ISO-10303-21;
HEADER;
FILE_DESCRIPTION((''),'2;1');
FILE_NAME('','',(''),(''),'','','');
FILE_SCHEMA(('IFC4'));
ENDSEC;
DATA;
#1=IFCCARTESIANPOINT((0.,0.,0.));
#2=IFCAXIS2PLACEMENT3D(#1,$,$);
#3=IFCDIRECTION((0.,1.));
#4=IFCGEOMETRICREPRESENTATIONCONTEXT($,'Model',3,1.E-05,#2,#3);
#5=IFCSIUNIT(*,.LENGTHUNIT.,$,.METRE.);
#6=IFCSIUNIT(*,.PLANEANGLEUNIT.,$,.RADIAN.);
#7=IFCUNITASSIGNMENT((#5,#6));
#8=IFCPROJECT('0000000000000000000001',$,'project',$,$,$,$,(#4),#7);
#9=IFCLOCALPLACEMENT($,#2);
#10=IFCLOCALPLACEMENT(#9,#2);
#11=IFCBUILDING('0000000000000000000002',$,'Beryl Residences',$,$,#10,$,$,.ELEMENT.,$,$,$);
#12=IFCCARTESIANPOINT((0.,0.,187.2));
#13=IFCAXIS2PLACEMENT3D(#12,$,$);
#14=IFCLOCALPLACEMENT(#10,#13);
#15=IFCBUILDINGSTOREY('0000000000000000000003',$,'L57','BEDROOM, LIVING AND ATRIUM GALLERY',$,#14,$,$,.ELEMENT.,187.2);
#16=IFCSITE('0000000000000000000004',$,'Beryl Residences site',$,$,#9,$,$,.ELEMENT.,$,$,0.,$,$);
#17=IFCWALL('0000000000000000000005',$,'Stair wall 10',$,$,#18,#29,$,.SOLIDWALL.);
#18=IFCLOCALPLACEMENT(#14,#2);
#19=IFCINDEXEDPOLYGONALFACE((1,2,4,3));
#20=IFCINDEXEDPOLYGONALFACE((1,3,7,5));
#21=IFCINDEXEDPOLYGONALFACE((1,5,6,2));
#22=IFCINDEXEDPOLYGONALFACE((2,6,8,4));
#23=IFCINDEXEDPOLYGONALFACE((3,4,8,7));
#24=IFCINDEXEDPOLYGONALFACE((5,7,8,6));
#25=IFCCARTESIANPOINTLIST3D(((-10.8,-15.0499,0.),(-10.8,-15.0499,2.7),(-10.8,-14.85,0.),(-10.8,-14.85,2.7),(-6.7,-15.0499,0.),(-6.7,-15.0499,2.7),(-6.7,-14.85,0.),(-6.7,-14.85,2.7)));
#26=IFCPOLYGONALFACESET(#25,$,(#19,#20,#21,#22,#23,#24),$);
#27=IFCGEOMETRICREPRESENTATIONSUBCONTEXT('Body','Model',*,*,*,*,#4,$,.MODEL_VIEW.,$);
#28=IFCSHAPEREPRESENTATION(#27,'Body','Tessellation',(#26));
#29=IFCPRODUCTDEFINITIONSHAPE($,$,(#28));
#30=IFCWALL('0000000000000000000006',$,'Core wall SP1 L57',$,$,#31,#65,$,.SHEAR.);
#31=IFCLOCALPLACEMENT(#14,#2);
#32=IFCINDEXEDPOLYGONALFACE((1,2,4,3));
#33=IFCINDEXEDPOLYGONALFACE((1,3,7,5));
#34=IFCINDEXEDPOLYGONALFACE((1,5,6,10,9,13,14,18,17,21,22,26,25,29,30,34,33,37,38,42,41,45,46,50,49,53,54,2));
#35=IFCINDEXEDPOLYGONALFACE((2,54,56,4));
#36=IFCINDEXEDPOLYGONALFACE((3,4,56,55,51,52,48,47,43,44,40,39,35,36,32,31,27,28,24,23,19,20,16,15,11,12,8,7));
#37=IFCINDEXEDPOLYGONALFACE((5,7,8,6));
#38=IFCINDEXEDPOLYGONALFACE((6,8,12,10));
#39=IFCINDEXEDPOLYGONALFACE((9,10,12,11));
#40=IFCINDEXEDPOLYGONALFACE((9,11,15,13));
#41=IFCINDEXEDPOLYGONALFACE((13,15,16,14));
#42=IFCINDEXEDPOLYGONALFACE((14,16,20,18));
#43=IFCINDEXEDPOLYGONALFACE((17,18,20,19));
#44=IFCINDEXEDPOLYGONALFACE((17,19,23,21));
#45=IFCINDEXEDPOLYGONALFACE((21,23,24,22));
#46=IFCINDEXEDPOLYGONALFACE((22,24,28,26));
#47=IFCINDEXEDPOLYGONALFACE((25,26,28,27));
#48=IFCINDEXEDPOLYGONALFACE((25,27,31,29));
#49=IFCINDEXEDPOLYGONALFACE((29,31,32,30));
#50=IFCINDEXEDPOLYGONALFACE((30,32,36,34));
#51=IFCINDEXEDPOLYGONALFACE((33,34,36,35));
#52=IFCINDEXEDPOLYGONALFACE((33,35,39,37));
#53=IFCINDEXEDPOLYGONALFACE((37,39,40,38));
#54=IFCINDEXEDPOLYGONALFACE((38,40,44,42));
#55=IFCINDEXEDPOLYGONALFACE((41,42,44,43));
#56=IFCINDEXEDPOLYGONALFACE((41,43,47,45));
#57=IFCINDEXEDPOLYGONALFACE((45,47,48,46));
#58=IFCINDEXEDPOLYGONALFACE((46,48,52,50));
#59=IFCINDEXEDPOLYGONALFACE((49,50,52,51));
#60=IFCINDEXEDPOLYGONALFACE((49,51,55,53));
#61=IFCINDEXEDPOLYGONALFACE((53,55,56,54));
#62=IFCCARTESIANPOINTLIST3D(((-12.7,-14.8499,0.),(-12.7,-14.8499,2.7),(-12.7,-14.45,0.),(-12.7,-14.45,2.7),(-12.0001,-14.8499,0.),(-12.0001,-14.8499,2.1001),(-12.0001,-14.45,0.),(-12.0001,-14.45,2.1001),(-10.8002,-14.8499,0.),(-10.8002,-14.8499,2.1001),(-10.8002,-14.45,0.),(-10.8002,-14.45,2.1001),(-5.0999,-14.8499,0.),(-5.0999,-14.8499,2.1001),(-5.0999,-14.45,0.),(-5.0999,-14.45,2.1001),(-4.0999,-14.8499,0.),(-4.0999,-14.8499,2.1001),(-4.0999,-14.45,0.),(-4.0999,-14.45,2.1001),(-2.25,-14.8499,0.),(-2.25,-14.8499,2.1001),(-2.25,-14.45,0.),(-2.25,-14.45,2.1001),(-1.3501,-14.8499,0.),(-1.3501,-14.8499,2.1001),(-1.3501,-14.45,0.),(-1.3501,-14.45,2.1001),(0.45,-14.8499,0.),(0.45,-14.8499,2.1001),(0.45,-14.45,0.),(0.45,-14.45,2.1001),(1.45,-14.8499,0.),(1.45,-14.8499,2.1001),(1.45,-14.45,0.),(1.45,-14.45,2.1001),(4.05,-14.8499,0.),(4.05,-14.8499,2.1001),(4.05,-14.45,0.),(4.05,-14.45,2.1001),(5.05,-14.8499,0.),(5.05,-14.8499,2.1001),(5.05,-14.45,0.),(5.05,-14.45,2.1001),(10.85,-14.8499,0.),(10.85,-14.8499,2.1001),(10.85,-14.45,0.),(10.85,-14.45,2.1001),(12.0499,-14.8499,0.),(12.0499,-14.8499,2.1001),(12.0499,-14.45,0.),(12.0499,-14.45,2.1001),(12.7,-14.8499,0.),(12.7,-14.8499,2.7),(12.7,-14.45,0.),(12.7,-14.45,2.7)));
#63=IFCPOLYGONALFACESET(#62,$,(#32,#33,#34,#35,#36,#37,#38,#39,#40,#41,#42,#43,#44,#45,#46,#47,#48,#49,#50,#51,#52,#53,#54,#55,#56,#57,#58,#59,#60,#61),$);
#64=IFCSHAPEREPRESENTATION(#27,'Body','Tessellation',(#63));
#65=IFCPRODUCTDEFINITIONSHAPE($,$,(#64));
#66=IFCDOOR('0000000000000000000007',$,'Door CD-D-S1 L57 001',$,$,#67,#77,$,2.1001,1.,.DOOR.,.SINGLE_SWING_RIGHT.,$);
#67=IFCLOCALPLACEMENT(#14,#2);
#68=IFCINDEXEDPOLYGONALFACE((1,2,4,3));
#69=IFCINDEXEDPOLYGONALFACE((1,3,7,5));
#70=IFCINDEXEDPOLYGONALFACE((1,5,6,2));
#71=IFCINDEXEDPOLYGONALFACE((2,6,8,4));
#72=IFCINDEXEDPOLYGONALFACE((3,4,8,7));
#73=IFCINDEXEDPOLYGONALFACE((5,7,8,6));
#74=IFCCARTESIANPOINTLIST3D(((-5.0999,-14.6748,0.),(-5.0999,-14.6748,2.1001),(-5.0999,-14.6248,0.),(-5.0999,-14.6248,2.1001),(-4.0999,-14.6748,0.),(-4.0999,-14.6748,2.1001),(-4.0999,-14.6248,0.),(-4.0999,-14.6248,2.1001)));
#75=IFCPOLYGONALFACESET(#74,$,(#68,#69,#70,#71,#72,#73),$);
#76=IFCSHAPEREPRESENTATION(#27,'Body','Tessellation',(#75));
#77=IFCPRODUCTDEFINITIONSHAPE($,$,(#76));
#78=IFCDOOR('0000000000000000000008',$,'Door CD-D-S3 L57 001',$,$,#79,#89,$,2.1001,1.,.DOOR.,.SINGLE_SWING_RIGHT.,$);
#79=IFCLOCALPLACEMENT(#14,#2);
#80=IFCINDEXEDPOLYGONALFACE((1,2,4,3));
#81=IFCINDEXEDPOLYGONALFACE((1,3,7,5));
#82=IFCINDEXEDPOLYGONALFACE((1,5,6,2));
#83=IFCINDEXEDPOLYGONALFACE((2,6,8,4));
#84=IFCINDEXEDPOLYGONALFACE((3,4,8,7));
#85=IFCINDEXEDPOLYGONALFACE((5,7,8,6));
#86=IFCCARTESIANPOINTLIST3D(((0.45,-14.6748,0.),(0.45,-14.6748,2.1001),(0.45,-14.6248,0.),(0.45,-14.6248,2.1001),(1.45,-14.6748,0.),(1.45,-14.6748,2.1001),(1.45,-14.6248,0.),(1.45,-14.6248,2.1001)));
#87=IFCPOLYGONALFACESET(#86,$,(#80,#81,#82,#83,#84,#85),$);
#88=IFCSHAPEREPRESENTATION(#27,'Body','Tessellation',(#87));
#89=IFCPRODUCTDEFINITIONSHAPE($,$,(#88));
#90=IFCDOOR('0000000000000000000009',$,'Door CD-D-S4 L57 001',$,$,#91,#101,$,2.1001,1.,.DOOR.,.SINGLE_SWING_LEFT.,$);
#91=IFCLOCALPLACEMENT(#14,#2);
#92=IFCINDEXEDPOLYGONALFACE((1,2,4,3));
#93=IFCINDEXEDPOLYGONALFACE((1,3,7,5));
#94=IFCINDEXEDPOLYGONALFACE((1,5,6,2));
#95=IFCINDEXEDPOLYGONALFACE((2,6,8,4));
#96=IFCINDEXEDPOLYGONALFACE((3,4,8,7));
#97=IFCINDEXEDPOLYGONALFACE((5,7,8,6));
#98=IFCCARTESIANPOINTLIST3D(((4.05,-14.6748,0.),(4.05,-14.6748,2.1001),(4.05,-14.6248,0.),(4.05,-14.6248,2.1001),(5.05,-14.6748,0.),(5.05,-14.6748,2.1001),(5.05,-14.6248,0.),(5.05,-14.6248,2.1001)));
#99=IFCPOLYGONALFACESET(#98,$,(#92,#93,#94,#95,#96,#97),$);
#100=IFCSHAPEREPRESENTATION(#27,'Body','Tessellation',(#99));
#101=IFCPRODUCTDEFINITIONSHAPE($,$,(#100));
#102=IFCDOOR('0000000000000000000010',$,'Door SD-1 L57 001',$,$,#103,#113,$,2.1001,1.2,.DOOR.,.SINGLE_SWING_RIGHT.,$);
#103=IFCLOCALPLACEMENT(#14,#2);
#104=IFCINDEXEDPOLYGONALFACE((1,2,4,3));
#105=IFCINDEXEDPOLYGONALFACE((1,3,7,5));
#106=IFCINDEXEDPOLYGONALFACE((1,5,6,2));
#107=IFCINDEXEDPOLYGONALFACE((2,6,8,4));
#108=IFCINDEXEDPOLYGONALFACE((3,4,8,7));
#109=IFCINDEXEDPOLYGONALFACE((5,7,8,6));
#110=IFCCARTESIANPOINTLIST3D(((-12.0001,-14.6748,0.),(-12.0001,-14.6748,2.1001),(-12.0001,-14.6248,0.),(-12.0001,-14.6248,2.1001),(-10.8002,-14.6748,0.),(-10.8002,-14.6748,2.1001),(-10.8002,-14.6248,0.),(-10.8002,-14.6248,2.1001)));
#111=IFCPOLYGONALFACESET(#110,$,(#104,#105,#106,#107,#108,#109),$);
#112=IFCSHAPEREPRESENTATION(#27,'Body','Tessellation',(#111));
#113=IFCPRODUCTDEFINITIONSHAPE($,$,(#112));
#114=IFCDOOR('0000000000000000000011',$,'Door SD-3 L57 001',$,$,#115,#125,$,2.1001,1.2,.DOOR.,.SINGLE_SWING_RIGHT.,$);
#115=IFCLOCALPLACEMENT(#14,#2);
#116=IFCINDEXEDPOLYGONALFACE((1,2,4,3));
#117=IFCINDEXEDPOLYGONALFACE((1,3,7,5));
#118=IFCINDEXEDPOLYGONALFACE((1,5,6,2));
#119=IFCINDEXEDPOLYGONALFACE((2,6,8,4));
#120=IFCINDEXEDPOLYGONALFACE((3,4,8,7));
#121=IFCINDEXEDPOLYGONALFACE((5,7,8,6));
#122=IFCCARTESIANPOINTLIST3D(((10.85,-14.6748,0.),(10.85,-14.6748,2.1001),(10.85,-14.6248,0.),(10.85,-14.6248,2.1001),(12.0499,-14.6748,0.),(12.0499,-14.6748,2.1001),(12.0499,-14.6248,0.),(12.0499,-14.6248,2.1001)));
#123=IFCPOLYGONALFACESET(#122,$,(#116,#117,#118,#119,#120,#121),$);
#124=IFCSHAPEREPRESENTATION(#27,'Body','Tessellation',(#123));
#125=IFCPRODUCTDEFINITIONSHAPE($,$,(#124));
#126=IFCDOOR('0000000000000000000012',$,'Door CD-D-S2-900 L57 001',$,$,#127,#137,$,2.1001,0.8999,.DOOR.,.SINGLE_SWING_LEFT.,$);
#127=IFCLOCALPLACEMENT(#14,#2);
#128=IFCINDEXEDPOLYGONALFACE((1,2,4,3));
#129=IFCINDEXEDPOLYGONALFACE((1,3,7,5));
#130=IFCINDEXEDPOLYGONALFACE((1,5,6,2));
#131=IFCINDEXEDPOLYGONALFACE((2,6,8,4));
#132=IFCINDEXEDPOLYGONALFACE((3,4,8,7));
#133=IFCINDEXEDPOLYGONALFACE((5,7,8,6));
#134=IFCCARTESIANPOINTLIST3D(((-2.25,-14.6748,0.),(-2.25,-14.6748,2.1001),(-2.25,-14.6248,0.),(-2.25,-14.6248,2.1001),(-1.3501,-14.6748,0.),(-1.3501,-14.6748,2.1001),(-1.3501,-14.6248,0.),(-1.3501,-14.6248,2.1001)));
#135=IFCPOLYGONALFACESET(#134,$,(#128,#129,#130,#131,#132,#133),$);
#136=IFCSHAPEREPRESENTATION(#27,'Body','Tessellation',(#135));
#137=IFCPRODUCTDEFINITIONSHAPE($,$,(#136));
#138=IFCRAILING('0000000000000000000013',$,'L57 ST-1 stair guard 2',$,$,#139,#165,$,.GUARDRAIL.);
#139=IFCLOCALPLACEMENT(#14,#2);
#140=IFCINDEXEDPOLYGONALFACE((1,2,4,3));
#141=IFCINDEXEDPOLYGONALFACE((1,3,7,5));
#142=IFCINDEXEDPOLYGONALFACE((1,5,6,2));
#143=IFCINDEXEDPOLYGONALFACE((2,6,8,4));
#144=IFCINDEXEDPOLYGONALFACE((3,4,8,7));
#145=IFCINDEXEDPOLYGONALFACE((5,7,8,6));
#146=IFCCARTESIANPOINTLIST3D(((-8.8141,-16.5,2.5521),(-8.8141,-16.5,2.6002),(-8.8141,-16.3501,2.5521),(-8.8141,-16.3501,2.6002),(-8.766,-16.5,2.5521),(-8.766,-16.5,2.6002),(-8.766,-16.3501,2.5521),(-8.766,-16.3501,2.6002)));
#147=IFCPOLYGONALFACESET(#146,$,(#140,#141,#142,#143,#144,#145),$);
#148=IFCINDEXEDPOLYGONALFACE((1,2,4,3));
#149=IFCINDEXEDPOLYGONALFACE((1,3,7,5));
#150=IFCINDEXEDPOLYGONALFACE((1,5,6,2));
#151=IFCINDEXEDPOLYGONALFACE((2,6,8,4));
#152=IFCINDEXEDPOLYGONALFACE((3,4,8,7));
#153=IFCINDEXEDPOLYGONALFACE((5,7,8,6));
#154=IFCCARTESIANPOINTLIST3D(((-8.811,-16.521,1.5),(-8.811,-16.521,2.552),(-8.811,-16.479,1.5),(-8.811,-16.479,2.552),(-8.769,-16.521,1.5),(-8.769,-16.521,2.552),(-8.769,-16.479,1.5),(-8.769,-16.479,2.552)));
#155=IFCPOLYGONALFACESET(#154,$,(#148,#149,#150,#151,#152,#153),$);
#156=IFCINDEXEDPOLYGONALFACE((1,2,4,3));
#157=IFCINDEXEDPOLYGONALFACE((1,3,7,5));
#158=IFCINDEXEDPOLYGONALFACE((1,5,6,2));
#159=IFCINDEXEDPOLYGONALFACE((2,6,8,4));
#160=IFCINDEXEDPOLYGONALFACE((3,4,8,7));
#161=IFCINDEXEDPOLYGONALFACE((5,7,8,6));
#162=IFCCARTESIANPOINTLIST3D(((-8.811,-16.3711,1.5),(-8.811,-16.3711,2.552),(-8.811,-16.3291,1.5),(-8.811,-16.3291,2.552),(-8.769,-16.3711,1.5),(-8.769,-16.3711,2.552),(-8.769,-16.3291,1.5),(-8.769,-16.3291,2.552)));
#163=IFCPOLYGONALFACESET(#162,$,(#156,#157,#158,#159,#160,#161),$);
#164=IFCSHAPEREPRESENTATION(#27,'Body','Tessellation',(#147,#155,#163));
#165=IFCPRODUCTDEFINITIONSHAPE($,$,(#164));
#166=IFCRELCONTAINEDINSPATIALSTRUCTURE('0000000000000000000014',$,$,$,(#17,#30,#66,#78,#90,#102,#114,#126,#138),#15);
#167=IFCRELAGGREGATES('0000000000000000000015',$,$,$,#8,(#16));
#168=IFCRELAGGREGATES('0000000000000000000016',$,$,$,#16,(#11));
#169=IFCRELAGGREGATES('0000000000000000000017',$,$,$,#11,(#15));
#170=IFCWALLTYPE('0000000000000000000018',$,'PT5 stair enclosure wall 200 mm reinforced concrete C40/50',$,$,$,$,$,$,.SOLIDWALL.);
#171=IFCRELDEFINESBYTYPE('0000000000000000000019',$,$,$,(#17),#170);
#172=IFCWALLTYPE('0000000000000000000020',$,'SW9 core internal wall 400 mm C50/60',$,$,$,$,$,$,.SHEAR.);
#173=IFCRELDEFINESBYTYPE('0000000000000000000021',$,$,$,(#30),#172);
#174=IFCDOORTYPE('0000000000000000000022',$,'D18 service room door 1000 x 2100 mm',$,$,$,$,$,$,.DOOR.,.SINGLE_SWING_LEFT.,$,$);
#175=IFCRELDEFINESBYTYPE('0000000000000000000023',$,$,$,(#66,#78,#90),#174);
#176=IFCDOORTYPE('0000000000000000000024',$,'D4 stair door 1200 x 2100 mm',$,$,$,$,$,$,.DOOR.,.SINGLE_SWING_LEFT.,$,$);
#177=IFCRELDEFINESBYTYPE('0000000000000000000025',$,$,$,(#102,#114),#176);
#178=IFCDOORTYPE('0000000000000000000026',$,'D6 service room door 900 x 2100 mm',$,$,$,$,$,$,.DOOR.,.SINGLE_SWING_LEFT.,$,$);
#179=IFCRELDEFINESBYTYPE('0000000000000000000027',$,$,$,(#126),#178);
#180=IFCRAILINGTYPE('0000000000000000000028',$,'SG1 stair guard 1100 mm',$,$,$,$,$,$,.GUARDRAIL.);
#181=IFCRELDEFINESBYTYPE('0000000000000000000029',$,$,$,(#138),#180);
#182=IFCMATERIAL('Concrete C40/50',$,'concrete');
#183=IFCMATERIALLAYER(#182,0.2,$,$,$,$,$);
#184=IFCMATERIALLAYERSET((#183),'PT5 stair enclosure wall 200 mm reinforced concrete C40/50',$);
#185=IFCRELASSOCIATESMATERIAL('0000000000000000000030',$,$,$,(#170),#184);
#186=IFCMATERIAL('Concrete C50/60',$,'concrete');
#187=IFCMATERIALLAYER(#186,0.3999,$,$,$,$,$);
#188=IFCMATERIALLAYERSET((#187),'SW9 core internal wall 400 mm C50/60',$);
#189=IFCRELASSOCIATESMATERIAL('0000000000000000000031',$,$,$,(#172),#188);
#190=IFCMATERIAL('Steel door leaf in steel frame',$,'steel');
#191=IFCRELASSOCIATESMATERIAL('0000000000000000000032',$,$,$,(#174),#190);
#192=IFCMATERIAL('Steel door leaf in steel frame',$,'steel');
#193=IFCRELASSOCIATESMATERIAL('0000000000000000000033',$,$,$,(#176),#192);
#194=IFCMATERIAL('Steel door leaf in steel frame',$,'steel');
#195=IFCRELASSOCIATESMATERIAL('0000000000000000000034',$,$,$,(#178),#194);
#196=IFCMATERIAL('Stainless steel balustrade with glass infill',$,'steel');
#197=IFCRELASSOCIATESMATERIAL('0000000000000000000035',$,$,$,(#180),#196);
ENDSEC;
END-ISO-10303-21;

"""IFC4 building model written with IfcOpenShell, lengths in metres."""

from ifc_helpers import new_model, si_unit, direction, frame, frame_2d, origin, origin_2d, place, context, subcontext, project, spatial, rectangle, extrude, material, layer, layer_set, type_object, element, fill, save


model = new_model("IFC4")

# Units and contexts
model_context = context("Model", 3, precision=1e-05, world=origin(), true_north=direction((0.0, 1.0)))
body_context = subcontext(model_context, "Body", "Model", "MODEL_VIEW")
ifc_project = project(units=[si_unit("LENGTHUNIT", "METRE"), si_unit("PLANEANGLEUNIT", "RADIAN")], contexts=[model_context])

# Site, building, storey
site_placement = place(None, origin())
site = spatial("IfcSite", under=ifc_project, at=site_placement, Name="Beryl Residences site", CompositionType="ELEMENT", RefElevation=0.0)
building_placement = place(site_placement, origin())
building = spatial("IfcBuilding", under=site, at=building_placement, Name="Beryl Residences", CompositionType="ELEMENT")
storey_placement = place(building_placement, frame((0.0, 0.0, 187.2)))
storey = spatial("IfcBuildingStorey", under=building, at=storey_placement, Name="L57", Description="BEDROOM, LIVING AND ATRIUM GALLERY", CompositionType="ELEMENT", Elevation=187.2)

# Wall
ifc_material_1 = material(Name="Concrete C40/50", Category="concrete")
ifc_layer_1 = layer(ifc_material_1, 0.2)
ifc_layer_set_1 = layer_set([ifc_layer_1], Name="PT5 stair enclosure wall 200 mm reinforced concrete C40/50")
wall_type_1 = type_object("IfcWallType", Name="PT5 stair enclosure wall 200 mm reinforced concrete C40/50", PredefinedType="SOLIDWALL", material=ifc_layer_set_1)
wall_1_placement = place(storey_placement, frame((-10.8, -14.95, 0.0), z_axis=(0.0, 0.0, 1.0), x_axis=(1.0, 0.0, 0.0)))
element("IfcWall", 1, at=wall_1_placement, inside=storey, type_object=wall_type_1, Name="Stair wall 10", PredefinedType="SOLIDWALL", context=body_context, shape_type="SweptSolid", body=[
    extrude(rectangle(XDim=4.1001, YDim=0.2, at=frame_2d((2.05, 0.0))), origin(), (0.0, 0.0, 1.0), 2.7),
])

# Wall, openings, doors
ifc_material_2 = material(Name="Concrete C50/60", Category="concrete")
ifc_layer_2 = layer(ifc_material_2, 0.3999)
ifc_layer_set_2 = layer_set([ifc_layer_2], Name="SW9 core internal wall 400 mm C50/60")
wall_type_2 = type_object("IfcWallType", Name="SW9 core internal wall 400 mm C50/60", PredefinedType="SHEAR", material=ifc_layer_set_2)
wall_2_placement = place(storey_placement, frame((-12.7, -14.6499, 0.0), z_axis=(0.0, 0.0, 1.0), x_axis=(1.0, 0.0, 0.0)))
wall_2 = element("IfcWall", 2, at=wall_2_placement, inside=storey, type_object=wall_type_2, Name="Core wall SP1 L57", PredefinedType="SHEAR", context=body_context, shape_type="SweptSolid", body=[
    extrude(rectangle(XDim=25.3999, YDim=0.3999, at=frame_2d((12.7, 0.0))), origin(), (0.0, 0.0, 1.0), 2.7),
])
opening_1_placement = place(wall_2_placement, frame((1.8999, 0.0, 0.0), z_axis=(0.0, 0.0, 1.0), x_axis=(-1.0, 0.0, 0.0)))
opening_1 = element("IfcOpeningElement", 3, at=opening_1_placement, cuts=wall_2, PredefinedType="OPENING", context=body_context, shape_type="SweptSolid", body=[
    extrude(rectangle(XDim=1.2, YDim=2.1001, at=frame_2d((0.6001, 1.05))), frame((0.0, 0.21, 0.0), z_axis=(0.0, -1.0, 0.0), x_axis=(1.0, 0.0, 0.0)), (0.0, 0.0, 1.0), 0.4199),
])
opening_2_placement = place(wall_2_placement, frame((24.75, 0.0, 0.0), z_axis=(0.0, 0.0, 1.0), x_axis=(-1.0, 0.0, 0.0)))
opening_2 = element("IfcOpeningElement", 4, at=opening_2_placement, cuts=wall_2, PredefinedType="OPENING", context=body_context, shape_type="SweptSolid", body=[
    extrude(rectangle(XDim=1.2, YDim=2.1001, at=frame_2d((0.6001, 1.05))), frame((0.0, 0.21, 0.0), z_axis=(0.0, -1.0, 0.0), x_axis=(1.0, 0.0, 0.0)), (0.0, 0.0, 1.0), 0.4199),
])
opening_3_placement = place(wall_2_placement, frame((8.6001, 0.0, 0.0), z_axis=(0.0, 0.0, 1.0), x_axis=(-1.0, 0.0, 0.0)))
opening_3 = element("IfcOpeningElement", 5, at=opening_3_placement, cuts=wall_2, PredefinedType="OPENING", context=body_context, shape_type="SweptSolid", body=[
    extrude(rectangle(XDim=1.0, YDim=2.1001, at=frame_2d((0.5, 1.05))), frame((0.0, 0.21, 0.0), z_axis=(0.0, -1.0, 0.0), x_axis=(1.0, 0.0, 0.0)), (0.0, 0.0, 1.0), 0.4199),
])
opening_4_placement = place(wall_2_placement, frame((11.3499, 0.0, 0.0), z_axis=(0.0, 0.0, 1.0), x_axis=(-1.0, 0.0, 0.0)))
opening_4 = element("IfcOpeningElement", 6, at=opening_4_placement, cuts=wall_2, PredefinedType="OPENING", context=body_context, shape_type="SweptSolid", body=[
    extrude(rectangle(XDim=0.8999, YDim=2.1001, at=frame_2d((0.45, 1.05))), frame((0.0, 0.21, 0.0), z_axis=(0.0, -1.0, 0.0), x_axis=(1.0, 0.0, 0.0)), (0.0, 0.0, 1.0), 0.4199),
])
opening_5_placement = place(wall_2_placement, frame((14.1499, 0.0, 0.0), z_axis=(0.0, 0.0, 1.0), x_axis=(-1.0, 0.0, 0.0)))
opening_5 = element("IfcOpeningElement", 7, at=opening_5_placement, cuts=wall_2, PredefinedType="OPENING", context=body_context, shape_type="SweptSolid", body=[
    extrude(rectangle(XDim=1.0, YDim=2.1001, at=frame_2d((0.5, 1.05))), frame((0.0, 0.21, 0.0), z_axis=(0.0, -1.0, 0.0), x_axis=(1.0, 0.0, 0.0)), (0.0, 0.0, 1.0), 0.4199),
])
opening_6_placement = place(wall_2_placement, frame((17.75, 0.0, 0.0), z_axis=(0.0, 0.0, 1.0), x_axis=(-1.0, 0.0, 0.0)))
opening_6 = element("IfcOpeningElement", 8, at=opening_6_placement, cuts=wall_2, PredefinedType="OPENING", context=body_context, shape_type="SweptSolid", body=[
    extrude(rectangle(XDim=1.0, YDim=2.1001, at=frame_2d((0.5, 1.05))), frame((0.0, 0.21, 0.0), z_axis=(0.0, -1.0, 0.0), x_axis=(1.0, 0.0, 0.0)), (0.0, 0.0, 1.0), 0.4199),
])
ifc_material_3 = material(Name="Steel door leaf in steel frame", Category="steel")
door_type_1 = type_object("IfcDoorType", Name="D18 service room door 1000 x 2100 mm", OperationType="SINGLE_SWING_LEFT", PredefinedType="DOOR", material=ifc_material_3)
door_1_placement = place(opening_3_placement, origin())
door_1 = element("IfcDoor", 9, at=door_1_placement, inside=storey, type_object=door_type_1, Name="Door CD-D-S1 L57 001", OperationType="SINGLE_SWING_RIGHT", OverallHeight=2.1001, OverallWidth=1.0, PredefinedType="DOOR", context=body_context, shape_type="SweptSolid", body=[
    extrude(rectangle(XDim=1.0, YDim=2.1001, at=frame_2d((0.5, 1.05))), frame((0.0, 0.0249, 0.0), z_axis=(0.0, -1.0, 0.0), x_axis=(1.0, 0.0, 0.0)), (0.0, 0.0, 1.0), 0.05),
])
fill(opening_3, door_1)
door_2_placement = place(opening_5_placement, origin())
door_2 = element("IfcDoor", 10, at=door_2_placement, inside=storey, type_object=door_type_1, Name="Door CD-D-S3 L57 001", OperationType="SINGLE_SWING_RIGHT", OverallHeight=2.1001, OverallWidth=1.0, PredefinedType="DOOR", context=body_context, shape_type="SweptSolid", body=[
    extrude(rectangle(XDim=1.0, YDim=2.1001, at=frame_2d((0.5, 1.05))), frame((0.0, 0.0249, 0.0), z_axis=(0.0, -1.0, 0.0), x_axis=(1.0, 0.0, 0.0)), (0.0, 0.0, 1.0), 0.05),
])
fill(opening_5, door_2)
door_3_placement = place(opening_6_placement, origin())
door_3 = element("IfcDoor", 11, at=door_3_placement, inside=storey, type_object=door_type_1, Name="Door CD-D-S4 L57 001", OperationType="SINGLE_SWING_LEFT", OverallHeight=2.1001, OverallWidth=1.0, PredefinedType="DOOR", context=body_context, shape_type="SweptSolid", body=[
    extrude(rectangle(XDim=1.0, YDim=2.1001, at=frame_2d((0.5, 1.05))), frame((0.0, 0.0249, 0.0), z_axis=(0.0, -1.0, 0.0), x_axis=(1.0, 0.0, 0.0)), (0.0, 0.0, 1.0), 0.05),
])
fill(opening_6, door_3)
ifc_material_4 = material(Name="Steel door leaf in steel frame", Category="steel")
door_type_2 = type_object("IfcDoorType", Name="D4 stair door 1200 x 2100 mm", OperationType="SINGLE_SWING_LEFT", PredefinedType="DOOR", material=ifc_material_4)
door_4_placement = place(opening_1_placement, origin())
door_4 = element("IfcDoor", 12, at=door_4_placement, inside=storey, type_object=door_type_2, Name="Door SD-1 L57 001", OperationType="SINGLE_SWING_RIGHT", OverallHeight=2.1001, OverallWidth=1.2, PredefinedType="DOOR", context=body_context, shape_type="SweptSolid", body=[
    extrude(rectangle(XDim=1.2, YDim=2.1001, at=frame_2d((0.6001, 1.05))), frame((0.0, 0.0249, 0.0), z_axis=(0.0, -1.0, 0.0), x_axis=(1.0, 0.0, 0.0)), (0.0, 0.0, 1.0), 0.05),
])
fill(opening_1, door_4)
door_5_placement = place(opening_2_placement, origin())
door_5 = element("IfcDoor", 13, at=door_5_placement, inside=storey, type_object=door_type_2, Name="Door SD-3 L57 001", OperationType="SINGLE_SWING_RIGHT", OverallHeight=2.1001, OverallWidth=1.2, PredefinedType="DOOR", context=body_context, shape_type="SweptSolid", body=[
    extrude(rectangle(XDim=1.2, YDim=2.1001, at=frame_2d((0.6001, 1.05))), frame((0.0, 0.0249, 0.0), z_axis=(0.0, -1.0, 0.0), x_axis=(1.0, 0.0, 0.0)), (0.0, 0.0, 1.0), 0.05),
])
fill(opening_2, door_5)
ifc_material_5 = material(Name="Steel door leaf in steel frame", Category="steel")
door_type_3 = type_object("IfcDoorType", Name="D6 service room door 900 x 2100 mm", OperationType="SINGLE_SWING_LEFT", PredefinedType="DOOR", material=ifc_material_5)
door_6_placement = place(opening_4_placement, origin())
door_6 = element("IfcDoor", 14, at=door_6_placement, inside=storey, type_object=door_type_3, Name="Door CD-D-S2-900 L57 001", OperationType="SINGLE_SWING_LEFT", OverallHeight=2.1001, OverallWidth=0.8999, PredefinedType="DOOR", context=body_context, shape_type="SweptSolid", body=[
    extrude(rectangle(XDim=0.8999, YDim=2.1001, at=frame_2d((0.45, 1.05))), frame((0.0, 0.0249, 0.0), z_axis=(0.0, -1.0, 0.0), x_axis=(1.0, 0.0, 0.0)), (0.0, 0.0, 1.0), 0.05),
])
fill(opening_4, door_6)

# Railing
ifc_material_6 = material(Name="Stainless steel balustrade with glass infill", Category="steel")
railing_type_1 = type_object("IfcRailingType", Name="SG1 stair guard 1100 mm", PredefinedType="GUARDRAIL", material=ifc_material_6)
railing_1_placement = place(storey_placement, frame((-8.79, -16.5, 1.5)))
element("IfcRailing", 15, at=railing_1_placement, inside=storey, type_object=railing_type_1, Name="L57 ST-1 stair guard 2", PredefinedType="GUARDRAIL", context=body_context, shape_type="SweptSolid", body=[
    extrude(rectangle(XDim=0.0481, YDim=0.0481, at=origin_2d()), frame((0.0, 0.0, 1.0762), z_axis=(0.0, 1.0, 0.0), x_axis=(-1.0, 0.0, 0.0)), (0.0, 0.0, 1.0), 0.1499),
    extrude(rectangle(XDim=0.042, YDim=0.042, at=origin_2d()), origin(), (0.0, 0.0, 1.0), 1.052),
    extrude(rectangle(XDim=0.042, YDim=0.042, at=origin_2d()), frame((0.0, 0.1499, 0.0)), (0.0, 0.0, 1.0), 1.052),
])

save(model, "model.ifc")
